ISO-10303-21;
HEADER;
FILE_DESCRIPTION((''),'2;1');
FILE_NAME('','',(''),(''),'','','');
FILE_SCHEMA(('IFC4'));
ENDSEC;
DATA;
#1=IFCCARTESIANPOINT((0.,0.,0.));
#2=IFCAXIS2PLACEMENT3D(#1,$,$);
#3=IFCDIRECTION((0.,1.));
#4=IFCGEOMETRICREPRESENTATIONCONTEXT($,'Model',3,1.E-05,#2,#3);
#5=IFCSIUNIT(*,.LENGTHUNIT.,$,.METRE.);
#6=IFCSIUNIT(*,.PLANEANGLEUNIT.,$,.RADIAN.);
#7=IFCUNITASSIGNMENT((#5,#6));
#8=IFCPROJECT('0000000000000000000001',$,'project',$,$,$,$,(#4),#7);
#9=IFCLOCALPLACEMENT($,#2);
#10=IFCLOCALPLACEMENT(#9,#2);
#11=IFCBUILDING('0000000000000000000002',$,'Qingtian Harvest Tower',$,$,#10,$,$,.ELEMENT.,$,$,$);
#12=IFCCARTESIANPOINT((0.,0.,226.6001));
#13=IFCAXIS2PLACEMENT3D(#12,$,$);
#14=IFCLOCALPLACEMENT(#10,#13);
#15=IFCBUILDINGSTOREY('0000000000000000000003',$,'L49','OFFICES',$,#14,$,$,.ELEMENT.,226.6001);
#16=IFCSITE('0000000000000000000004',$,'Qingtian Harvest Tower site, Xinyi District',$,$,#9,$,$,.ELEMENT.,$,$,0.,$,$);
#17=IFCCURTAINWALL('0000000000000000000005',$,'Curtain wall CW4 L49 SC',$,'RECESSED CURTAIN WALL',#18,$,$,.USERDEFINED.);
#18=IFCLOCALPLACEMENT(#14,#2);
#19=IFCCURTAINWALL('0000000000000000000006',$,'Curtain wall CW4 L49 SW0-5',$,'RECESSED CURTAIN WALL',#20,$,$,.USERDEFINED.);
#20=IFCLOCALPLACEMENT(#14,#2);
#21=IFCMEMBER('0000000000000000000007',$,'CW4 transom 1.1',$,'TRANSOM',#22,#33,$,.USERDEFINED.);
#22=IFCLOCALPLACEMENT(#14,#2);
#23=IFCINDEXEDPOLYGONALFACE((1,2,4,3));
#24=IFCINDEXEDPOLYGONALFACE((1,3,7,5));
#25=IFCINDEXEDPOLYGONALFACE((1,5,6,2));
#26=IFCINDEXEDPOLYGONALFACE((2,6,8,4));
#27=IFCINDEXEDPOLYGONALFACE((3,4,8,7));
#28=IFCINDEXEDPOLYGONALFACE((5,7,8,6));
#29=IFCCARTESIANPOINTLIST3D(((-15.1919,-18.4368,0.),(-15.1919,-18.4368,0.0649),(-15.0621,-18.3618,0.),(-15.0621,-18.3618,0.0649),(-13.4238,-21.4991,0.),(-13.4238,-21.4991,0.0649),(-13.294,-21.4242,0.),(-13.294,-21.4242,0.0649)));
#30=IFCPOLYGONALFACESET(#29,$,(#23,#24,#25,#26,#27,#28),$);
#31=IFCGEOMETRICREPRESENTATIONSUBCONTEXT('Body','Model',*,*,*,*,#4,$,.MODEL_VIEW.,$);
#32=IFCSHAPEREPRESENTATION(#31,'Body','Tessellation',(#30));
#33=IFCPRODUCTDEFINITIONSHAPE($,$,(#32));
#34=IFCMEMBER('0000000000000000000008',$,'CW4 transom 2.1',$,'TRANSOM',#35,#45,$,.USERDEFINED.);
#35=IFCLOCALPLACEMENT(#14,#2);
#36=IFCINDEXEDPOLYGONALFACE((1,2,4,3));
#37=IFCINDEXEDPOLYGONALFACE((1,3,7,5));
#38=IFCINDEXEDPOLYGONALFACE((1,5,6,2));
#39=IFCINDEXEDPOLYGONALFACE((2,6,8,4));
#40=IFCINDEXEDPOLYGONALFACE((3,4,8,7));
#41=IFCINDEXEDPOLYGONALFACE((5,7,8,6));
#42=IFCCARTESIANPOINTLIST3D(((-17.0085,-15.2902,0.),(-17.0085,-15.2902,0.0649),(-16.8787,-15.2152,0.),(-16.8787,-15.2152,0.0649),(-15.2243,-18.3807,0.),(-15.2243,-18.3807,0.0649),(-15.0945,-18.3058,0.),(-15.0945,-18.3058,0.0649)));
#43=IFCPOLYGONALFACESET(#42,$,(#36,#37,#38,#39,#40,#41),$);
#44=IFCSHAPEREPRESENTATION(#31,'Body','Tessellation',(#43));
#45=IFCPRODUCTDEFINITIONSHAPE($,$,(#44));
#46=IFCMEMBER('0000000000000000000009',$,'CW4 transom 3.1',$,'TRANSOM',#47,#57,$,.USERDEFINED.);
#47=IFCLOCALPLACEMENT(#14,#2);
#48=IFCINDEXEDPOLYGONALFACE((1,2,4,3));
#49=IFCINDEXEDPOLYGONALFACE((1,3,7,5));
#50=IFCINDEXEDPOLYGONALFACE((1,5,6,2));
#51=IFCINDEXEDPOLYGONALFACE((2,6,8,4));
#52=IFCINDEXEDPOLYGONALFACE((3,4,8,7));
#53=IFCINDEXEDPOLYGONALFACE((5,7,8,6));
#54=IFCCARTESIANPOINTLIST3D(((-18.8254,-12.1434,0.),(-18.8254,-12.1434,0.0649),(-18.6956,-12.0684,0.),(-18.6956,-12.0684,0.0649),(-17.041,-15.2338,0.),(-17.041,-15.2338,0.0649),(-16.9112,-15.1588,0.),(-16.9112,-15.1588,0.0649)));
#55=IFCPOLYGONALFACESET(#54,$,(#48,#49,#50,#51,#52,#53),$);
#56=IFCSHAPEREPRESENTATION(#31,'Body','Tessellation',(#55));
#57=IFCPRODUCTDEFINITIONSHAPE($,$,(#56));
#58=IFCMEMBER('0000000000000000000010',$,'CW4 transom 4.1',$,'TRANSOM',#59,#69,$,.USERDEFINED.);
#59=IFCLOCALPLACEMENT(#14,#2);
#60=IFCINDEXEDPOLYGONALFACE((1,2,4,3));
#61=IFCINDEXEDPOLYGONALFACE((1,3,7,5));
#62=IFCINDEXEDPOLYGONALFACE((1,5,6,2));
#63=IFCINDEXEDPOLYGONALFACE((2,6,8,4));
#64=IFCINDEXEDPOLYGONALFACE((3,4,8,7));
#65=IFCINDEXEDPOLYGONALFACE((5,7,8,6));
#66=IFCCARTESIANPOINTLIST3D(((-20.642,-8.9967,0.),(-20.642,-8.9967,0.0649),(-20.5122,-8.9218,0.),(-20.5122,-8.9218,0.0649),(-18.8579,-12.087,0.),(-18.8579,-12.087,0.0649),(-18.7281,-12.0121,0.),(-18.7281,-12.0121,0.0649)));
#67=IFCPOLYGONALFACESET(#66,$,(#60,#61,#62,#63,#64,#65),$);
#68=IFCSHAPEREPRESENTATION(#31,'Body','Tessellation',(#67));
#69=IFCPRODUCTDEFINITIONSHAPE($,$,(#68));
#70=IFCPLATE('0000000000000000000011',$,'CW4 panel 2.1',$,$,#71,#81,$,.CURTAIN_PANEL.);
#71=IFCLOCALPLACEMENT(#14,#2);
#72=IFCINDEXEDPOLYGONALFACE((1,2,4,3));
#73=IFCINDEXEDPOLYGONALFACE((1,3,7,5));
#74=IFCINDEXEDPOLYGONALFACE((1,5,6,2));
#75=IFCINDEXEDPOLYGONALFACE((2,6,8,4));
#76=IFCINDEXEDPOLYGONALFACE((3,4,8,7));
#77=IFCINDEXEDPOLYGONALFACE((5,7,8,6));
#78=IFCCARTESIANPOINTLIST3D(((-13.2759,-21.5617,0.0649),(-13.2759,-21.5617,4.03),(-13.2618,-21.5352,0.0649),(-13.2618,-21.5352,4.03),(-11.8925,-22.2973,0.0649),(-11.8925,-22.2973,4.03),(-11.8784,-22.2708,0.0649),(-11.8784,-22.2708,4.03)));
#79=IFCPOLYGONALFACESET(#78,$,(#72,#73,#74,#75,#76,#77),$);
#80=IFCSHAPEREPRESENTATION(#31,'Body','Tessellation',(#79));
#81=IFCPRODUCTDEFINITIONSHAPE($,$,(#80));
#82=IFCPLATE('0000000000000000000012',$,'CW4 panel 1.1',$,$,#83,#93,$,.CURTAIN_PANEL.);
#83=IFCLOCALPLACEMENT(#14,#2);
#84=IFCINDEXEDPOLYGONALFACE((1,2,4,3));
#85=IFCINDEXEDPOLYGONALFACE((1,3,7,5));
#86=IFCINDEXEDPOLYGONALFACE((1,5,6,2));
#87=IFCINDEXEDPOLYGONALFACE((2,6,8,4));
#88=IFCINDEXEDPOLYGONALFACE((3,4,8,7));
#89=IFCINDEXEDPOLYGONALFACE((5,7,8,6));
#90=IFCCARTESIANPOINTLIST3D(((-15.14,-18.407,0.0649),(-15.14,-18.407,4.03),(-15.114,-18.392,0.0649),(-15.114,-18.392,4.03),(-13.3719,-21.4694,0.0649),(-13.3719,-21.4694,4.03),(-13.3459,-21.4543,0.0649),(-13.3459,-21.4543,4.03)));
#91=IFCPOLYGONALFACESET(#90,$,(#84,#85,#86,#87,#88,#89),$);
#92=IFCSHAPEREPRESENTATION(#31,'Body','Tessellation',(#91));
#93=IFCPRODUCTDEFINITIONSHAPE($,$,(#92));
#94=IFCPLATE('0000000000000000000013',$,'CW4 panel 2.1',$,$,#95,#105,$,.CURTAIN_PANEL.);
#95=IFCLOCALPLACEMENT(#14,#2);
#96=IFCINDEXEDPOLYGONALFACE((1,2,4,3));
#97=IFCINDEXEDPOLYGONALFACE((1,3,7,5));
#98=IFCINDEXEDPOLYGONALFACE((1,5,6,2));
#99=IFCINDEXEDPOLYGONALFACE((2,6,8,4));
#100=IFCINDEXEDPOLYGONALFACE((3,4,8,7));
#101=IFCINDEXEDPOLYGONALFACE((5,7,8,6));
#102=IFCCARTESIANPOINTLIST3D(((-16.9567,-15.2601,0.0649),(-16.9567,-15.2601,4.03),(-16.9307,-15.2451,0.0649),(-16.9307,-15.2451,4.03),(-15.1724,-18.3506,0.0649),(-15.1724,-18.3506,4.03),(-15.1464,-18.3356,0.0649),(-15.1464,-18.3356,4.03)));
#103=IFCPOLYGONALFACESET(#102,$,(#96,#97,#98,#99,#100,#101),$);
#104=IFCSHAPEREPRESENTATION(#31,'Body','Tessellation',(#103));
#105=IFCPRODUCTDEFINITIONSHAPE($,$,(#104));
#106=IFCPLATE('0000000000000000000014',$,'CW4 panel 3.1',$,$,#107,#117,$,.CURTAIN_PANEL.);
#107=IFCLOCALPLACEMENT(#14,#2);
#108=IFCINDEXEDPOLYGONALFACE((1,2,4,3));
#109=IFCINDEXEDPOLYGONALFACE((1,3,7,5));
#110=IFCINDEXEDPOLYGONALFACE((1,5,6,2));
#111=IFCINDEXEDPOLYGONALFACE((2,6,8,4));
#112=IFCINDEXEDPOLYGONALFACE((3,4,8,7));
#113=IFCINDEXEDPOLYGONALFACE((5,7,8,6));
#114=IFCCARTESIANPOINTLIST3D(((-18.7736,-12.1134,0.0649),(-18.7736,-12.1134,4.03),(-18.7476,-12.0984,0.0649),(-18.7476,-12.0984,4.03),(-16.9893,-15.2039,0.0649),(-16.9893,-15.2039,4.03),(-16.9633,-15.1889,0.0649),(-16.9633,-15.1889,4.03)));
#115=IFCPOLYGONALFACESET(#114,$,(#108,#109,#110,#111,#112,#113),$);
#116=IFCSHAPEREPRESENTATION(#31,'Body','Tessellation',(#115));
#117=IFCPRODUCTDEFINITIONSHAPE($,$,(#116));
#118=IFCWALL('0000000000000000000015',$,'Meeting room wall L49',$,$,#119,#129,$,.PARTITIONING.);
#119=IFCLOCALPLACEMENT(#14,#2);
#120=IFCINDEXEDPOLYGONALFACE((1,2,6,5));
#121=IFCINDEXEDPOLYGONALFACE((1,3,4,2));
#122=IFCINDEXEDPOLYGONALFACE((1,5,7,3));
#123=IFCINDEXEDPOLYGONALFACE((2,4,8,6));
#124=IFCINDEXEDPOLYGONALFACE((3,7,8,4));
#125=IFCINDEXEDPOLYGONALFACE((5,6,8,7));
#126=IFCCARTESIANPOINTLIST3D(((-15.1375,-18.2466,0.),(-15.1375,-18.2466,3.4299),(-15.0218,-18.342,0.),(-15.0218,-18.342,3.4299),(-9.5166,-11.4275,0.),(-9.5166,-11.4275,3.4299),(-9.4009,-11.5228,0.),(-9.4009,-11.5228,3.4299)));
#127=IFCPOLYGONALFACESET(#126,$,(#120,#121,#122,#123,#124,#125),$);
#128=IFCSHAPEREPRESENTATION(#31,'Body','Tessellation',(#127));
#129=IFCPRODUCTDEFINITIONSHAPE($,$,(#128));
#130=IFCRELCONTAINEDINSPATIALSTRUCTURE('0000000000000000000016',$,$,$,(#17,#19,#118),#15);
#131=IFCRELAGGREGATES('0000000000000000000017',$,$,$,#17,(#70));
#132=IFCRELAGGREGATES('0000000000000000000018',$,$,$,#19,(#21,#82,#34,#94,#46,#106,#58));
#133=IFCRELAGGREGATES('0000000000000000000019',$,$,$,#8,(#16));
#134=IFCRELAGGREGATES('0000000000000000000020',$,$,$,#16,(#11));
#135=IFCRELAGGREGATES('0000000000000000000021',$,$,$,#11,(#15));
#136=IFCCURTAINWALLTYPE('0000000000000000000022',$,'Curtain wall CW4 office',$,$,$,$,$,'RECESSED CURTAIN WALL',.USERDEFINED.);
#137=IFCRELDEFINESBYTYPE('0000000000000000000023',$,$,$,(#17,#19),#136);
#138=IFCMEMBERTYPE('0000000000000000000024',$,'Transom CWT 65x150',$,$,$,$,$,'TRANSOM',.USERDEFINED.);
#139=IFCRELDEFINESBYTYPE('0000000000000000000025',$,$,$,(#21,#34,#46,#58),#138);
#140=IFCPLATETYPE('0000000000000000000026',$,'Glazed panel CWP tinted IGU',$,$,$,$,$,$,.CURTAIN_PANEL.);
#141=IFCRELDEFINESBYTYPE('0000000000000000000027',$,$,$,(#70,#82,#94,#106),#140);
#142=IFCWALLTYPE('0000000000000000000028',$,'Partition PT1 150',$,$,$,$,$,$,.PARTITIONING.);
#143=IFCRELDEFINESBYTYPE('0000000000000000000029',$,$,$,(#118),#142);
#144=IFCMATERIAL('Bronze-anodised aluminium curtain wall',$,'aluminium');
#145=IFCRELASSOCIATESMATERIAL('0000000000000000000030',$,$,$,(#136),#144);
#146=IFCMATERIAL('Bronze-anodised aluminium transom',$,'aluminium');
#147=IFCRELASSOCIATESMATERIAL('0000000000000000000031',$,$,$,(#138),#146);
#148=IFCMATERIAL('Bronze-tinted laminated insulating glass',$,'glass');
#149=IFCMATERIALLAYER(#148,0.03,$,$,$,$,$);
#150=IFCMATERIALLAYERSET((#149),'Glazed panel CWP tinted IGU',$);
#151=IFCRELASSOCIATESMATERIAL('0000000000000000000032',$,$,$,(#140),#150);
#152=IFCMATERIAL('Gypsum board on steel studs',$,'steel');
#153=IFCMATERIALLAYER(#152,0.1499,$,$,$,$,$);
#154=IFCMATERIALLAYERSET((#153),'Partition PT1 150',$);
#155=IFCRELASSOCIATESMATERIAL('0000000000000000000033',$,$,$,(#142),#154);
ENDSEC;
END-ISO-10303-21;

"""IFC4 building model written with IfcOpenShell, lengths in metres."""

from ifc_helpers import new_model, si_unit, direction, frame, frame_2d, origin, origin_2d, place, context, subcontext, project, spatial, rectangle, extrude, material, layer, layer_set, material_profile, profile_set, type_object, element, aggregate, save


model = new_model("IFC4")

# Units and contexts
model_context = context("Model", 3, precision=1e-05, world=origin(), true_north=direction((0.0, 1.0)))
body_context = subcontext(model_context, "Body", "Model", "MODEL_VIEW")
ifc_project = project(units=[si_unit("LENGTHUNIT", "METRE"), si_unit("PLANEANGLEUNIT", "RADIAN")], contexts=[model_context])

# Site, building, storey
site_placement = place(None, origin())
site = spatial("IfcSite", under=ifc_project, at=site_placement, Name="Qingtian Harvest Tower site, Xinyi District", CompositionType="ELEMENT", RefElevation=0.0)
building_placement = place(site_placement, origin())
building = spatial("IfcBuilding", under=site, at=building_placement, Name="Qingtian Harvest Tower", CompositionType="ELEMENT")
storey_placement = place(building_placement, frame((0.0, 0.0, 226.6001)))
storey = spatial("IfcBuildingStorey", under=building, at=storey_placement, Name="L49", Description="OFFICES", CompositionType="ELEMENT", Elevation=226.6001)

# Curtain wall
ifc_material_1 = material(Name="Bronze-anodised aluminium curtain wall", Category="aluminium")
curtain_wall_type = type_object("IfcCurtainWallType", Name="Curtain wall CW4 office", ElementType="RECESSED CURTAIN WALL", PredefinedType="USERDEFINED", material=ifc_material_1)
curtain_wall_1_placement = place(storey_placement, origin())
curtain_wall_1 = element("IfcCurtainWall", 1, at=curtain_wall_1_placement, inside=storey, type_object=curtain_wall_type, Name="Curtain wall CW4 L49 SC", ObjectType="RECESSED CURTAIN WALL", PredefinedType="USERDEFINED")

# Curtain wall
curtain_wall_2_placement = place(storey_placement, origin())
curtain_wall_2 = element("IfcCurtainWall", 2, at=curtain_wall_2_placement, inside=storey, type_object=curtain_wall_type, Name="Curtain wall CW4 L49 SW0-5", ObjectType="RECESSED CURTAIN WALL", PredefinedType="USERDEFINED")

# Members
ifc_material_2 = material(Name="Bronze-anodised aluminium transom", Category="aluminium")
ifc_material_profile_1 = material_profile(ifc_material_2, rectangle(XDim=0.1499, YDim=0.0649, at=origin_2d()), Name="AL 65x150")
ifc_profile_set_1 = profile_set([ifc_material_profile_1], Name="Bronze-anodised aluminium transom")
member_type_1 = type_object("IfcMemberType", Name="Transom CWT 65x150", ElementType="TRANSOM", PredefinedType="USERDEFINED", material=ifc_profile_set_1)
member_1_placement = place(storey_placement, frame((-13.3589, -21.4617, 0.0325), z_axis=(-0.500015, 0.866017, 0.0), x_axis=(-0.866017, -0.500015, 0.0)))
member_1 = element("IfcMember", 3, at=member_1_placement, type_object=member_type_1, Name="CW4 transom 1.1", ObjectType="TRANSOM", PredefinedType="USERDEFINED", context=body_context, shape_type="SweptSolid", body=[
    extrude(rectangle(XDim=0.1499, YDim=0.0649, at=origin_2d()), origin(), (0.0, 0.0, 1.0), 3.5361),
])
member_2_placement = place(storey_placement, frame((-15.1594, -18.3433, 0.0325), z_axis=(-0.499965, 0.866045, 0.0), x_axis=(-0.866045, -0.499965, 0.0)))
member_2 = element("IfcMember", 4, at=member_2_placement, type_object=member_type_1, Name="CW4 transom 2.1", ObjectType="TRANSOM", PredefinedType="USERDEFINED", context=body_context, shape_type="SweptSolid", body=[
    extrude(rectangle(XDim=0.1499, YDim=0.0649, at=origin_2d()), origin(), (0.0, 0.0, 1.0), 3.5686),
])
member_3_placement = place(storey_placement, frame((-16.9761, -15.1963, 0.0325), z_axis=(-0.500046, 0.865999, 0.0), x_axis=(-0.865999, -0.500046, 0.0)))
member_3 = element("IfcMember", 5, at=member_3_placement, type_object=member_type_1, Name="CW4 transom 3.1", ObjectType="TRANSOM", PredefinedType="USERDEFINED", context=body_context, shape_type="SweptSolid", body=[
    extrude(rectangle(XDim=0.1499, YDim=0.0649, at=origin_2d()), origin(), (0.0, 0.0, 1.0), 3.5686),
])
member_4_placement = place(storey_placement, frame((-18.793, -12.0496, 0.0325), z_axis=(-0.499995, 0.866028, 0.0), x_axis=(-0.866028, -0.499995, 0.0)))
member_4 = element("IfcMember", 6, at=member_4_placement, type_object=member_type_1, Name="CW4 transom 4.1", ObjectType="TRANSOM", PredefinedType="USERDEFINED", context=body_context, shape_type="SweptSolid", body=[
    extrude(rectangle(XDim=0.1499, YDim=0.0649, at=origin_2d()), origin(), (0.0, 0.0, 1.0), 3.5684),
])

# Plates
ifc_material_3 = material(Name="Bronze-tinted laminated insulating glass", Category="glass")
ifc_layer_1 = layer(ifc_material_3, 0.03)
ifc_layer_set_1 = layer_set([ifc_layer_1], Name="Glazed panel CWP tinted IGU")
plate_type = type_object("IfcPlateType", Name="Glazed panel CWP tinted IGU", PredefinedType="CURTAIN_PANEL", material=ifc_layer_set_1)
plate_1_placement = place(storey_placement, frame((-12.5771, -21.9163, 0.0649), z_axis=(0.0, 0.0, 1.0), x_axis=(-0.882948, 0.469472, 0.0)))
plate_1 = element("IfcPlate", 7, at=plate_1_placement, type_object=plate_type, Name="CW4 panel 2.1", PredefinedType="CURTAIN_PANEL", context=body_context, shape_type="SweptSolid", body=[
    extrude(rectangle(XDim=1.5669, YDim=0.03, at=origin_2d()), origin(), (0.0, 0.0, 1.0), 3.9651),
])
aggregate(curtain_wall_1, [plate_1])
plate_2_placement = place(storey_placement, frame((-14.2429, -19.9307, 0.0649), z_axis=(0.0, 0.0, 1.0), x_axis=(-0.5, 0.866025, 0.0)))
plate_2 = element("IfcPlate", 8, at=plate_2_placement, type_object=plate_type, Name="CW4 panel 1.1", PredefinedType="CURTAIN_PANEL", context=body_context, shape_type="SweptSolid", body=[
    extrude(rectangle(XDim=3.5361, YDim=0.03, at=origin_2d()), origin(), (0.0, 0.0, 1.0), 3.9651),
])
plate_3_placement = place(storey_placement, frame((-16.0515, -16.7979, 0.0649), z_axis=(0.0, 0.0, 1.0), x_axis=(-0.5, 0.866025, 0.0)))
plate_3 = element("IfcPlate", 9, at=plate_3_placement, type_object=plate_type, Name="CW4 panel 2.1", PredefinedType="CURTAIN_PANEL", context=body_context, shape_type="SweptSolid", body=[
    extrude(rectangle(XDim=3.5686, YDim=0.03, at=origin_2d()), origin(), (0.0, 0.0, 1.0), 3.9651),
])
plate_4_placement = place(storey_placement, frame((-17.8684, -13.6511, 0.0649), z_axis=(0.0, 0.0, 1.0), x_axis=(-0.5, 0.866025, 0.0)))
plate_4 = element("IfcPlate", 10, at=plate_4_placement, type_object=plate_type, Name="CW4 panel 3.1", PredefinedType="CURTAIN_PANEL", context=body_context, shape_type="SweptSolid", body=[
    extrude(rectangle(XDim=3.5686, YDim=0.03, at=origin_2d()), origin(), (0.0, 0.0, 1.0), 3.9651),
])
aggregate(curtain_wall_2, [member_1, plate_2, member_2, plate_3, member_3, plate_4, member_4])

# Wall
ifc_material_4 = material(Name="Gypsum board on steel studs", Category="steel")
ifc_layer_2 = layer(ifc_material_4, 0.1499)
ifc_layer_set_2 = layer_set([ifc_layer_2], Name="Partition PT1 150")
wall_type = type_object("IfcWallType", Name="Partition PT1 150", PredefinedType="PARTITIONING", material=ifc_layer_set_2)
wall_placement = place(storey_placement, frame((-15.0796, -18.2942, 0.0), z_axis=(0.0, 0.0, 1.0), x_axis=(0.636053, 0.771645, 0.0)))
element("IfcWall", 11, at=wall_placement, inside=storey, type_object=wall_type, Name="Meeting room wall L49", PredefinedType="PARTITIONING", context=body_context, shape_type="SweptSolid", body=[
    extrude(rectangle(XDim=8.8372, YDim=0.1499, at=frame_2d((4.4185, 0.0))), origin(), (0.0, 0.0, 1.0), 3.4299),
])

save(model, "model.ifc")
